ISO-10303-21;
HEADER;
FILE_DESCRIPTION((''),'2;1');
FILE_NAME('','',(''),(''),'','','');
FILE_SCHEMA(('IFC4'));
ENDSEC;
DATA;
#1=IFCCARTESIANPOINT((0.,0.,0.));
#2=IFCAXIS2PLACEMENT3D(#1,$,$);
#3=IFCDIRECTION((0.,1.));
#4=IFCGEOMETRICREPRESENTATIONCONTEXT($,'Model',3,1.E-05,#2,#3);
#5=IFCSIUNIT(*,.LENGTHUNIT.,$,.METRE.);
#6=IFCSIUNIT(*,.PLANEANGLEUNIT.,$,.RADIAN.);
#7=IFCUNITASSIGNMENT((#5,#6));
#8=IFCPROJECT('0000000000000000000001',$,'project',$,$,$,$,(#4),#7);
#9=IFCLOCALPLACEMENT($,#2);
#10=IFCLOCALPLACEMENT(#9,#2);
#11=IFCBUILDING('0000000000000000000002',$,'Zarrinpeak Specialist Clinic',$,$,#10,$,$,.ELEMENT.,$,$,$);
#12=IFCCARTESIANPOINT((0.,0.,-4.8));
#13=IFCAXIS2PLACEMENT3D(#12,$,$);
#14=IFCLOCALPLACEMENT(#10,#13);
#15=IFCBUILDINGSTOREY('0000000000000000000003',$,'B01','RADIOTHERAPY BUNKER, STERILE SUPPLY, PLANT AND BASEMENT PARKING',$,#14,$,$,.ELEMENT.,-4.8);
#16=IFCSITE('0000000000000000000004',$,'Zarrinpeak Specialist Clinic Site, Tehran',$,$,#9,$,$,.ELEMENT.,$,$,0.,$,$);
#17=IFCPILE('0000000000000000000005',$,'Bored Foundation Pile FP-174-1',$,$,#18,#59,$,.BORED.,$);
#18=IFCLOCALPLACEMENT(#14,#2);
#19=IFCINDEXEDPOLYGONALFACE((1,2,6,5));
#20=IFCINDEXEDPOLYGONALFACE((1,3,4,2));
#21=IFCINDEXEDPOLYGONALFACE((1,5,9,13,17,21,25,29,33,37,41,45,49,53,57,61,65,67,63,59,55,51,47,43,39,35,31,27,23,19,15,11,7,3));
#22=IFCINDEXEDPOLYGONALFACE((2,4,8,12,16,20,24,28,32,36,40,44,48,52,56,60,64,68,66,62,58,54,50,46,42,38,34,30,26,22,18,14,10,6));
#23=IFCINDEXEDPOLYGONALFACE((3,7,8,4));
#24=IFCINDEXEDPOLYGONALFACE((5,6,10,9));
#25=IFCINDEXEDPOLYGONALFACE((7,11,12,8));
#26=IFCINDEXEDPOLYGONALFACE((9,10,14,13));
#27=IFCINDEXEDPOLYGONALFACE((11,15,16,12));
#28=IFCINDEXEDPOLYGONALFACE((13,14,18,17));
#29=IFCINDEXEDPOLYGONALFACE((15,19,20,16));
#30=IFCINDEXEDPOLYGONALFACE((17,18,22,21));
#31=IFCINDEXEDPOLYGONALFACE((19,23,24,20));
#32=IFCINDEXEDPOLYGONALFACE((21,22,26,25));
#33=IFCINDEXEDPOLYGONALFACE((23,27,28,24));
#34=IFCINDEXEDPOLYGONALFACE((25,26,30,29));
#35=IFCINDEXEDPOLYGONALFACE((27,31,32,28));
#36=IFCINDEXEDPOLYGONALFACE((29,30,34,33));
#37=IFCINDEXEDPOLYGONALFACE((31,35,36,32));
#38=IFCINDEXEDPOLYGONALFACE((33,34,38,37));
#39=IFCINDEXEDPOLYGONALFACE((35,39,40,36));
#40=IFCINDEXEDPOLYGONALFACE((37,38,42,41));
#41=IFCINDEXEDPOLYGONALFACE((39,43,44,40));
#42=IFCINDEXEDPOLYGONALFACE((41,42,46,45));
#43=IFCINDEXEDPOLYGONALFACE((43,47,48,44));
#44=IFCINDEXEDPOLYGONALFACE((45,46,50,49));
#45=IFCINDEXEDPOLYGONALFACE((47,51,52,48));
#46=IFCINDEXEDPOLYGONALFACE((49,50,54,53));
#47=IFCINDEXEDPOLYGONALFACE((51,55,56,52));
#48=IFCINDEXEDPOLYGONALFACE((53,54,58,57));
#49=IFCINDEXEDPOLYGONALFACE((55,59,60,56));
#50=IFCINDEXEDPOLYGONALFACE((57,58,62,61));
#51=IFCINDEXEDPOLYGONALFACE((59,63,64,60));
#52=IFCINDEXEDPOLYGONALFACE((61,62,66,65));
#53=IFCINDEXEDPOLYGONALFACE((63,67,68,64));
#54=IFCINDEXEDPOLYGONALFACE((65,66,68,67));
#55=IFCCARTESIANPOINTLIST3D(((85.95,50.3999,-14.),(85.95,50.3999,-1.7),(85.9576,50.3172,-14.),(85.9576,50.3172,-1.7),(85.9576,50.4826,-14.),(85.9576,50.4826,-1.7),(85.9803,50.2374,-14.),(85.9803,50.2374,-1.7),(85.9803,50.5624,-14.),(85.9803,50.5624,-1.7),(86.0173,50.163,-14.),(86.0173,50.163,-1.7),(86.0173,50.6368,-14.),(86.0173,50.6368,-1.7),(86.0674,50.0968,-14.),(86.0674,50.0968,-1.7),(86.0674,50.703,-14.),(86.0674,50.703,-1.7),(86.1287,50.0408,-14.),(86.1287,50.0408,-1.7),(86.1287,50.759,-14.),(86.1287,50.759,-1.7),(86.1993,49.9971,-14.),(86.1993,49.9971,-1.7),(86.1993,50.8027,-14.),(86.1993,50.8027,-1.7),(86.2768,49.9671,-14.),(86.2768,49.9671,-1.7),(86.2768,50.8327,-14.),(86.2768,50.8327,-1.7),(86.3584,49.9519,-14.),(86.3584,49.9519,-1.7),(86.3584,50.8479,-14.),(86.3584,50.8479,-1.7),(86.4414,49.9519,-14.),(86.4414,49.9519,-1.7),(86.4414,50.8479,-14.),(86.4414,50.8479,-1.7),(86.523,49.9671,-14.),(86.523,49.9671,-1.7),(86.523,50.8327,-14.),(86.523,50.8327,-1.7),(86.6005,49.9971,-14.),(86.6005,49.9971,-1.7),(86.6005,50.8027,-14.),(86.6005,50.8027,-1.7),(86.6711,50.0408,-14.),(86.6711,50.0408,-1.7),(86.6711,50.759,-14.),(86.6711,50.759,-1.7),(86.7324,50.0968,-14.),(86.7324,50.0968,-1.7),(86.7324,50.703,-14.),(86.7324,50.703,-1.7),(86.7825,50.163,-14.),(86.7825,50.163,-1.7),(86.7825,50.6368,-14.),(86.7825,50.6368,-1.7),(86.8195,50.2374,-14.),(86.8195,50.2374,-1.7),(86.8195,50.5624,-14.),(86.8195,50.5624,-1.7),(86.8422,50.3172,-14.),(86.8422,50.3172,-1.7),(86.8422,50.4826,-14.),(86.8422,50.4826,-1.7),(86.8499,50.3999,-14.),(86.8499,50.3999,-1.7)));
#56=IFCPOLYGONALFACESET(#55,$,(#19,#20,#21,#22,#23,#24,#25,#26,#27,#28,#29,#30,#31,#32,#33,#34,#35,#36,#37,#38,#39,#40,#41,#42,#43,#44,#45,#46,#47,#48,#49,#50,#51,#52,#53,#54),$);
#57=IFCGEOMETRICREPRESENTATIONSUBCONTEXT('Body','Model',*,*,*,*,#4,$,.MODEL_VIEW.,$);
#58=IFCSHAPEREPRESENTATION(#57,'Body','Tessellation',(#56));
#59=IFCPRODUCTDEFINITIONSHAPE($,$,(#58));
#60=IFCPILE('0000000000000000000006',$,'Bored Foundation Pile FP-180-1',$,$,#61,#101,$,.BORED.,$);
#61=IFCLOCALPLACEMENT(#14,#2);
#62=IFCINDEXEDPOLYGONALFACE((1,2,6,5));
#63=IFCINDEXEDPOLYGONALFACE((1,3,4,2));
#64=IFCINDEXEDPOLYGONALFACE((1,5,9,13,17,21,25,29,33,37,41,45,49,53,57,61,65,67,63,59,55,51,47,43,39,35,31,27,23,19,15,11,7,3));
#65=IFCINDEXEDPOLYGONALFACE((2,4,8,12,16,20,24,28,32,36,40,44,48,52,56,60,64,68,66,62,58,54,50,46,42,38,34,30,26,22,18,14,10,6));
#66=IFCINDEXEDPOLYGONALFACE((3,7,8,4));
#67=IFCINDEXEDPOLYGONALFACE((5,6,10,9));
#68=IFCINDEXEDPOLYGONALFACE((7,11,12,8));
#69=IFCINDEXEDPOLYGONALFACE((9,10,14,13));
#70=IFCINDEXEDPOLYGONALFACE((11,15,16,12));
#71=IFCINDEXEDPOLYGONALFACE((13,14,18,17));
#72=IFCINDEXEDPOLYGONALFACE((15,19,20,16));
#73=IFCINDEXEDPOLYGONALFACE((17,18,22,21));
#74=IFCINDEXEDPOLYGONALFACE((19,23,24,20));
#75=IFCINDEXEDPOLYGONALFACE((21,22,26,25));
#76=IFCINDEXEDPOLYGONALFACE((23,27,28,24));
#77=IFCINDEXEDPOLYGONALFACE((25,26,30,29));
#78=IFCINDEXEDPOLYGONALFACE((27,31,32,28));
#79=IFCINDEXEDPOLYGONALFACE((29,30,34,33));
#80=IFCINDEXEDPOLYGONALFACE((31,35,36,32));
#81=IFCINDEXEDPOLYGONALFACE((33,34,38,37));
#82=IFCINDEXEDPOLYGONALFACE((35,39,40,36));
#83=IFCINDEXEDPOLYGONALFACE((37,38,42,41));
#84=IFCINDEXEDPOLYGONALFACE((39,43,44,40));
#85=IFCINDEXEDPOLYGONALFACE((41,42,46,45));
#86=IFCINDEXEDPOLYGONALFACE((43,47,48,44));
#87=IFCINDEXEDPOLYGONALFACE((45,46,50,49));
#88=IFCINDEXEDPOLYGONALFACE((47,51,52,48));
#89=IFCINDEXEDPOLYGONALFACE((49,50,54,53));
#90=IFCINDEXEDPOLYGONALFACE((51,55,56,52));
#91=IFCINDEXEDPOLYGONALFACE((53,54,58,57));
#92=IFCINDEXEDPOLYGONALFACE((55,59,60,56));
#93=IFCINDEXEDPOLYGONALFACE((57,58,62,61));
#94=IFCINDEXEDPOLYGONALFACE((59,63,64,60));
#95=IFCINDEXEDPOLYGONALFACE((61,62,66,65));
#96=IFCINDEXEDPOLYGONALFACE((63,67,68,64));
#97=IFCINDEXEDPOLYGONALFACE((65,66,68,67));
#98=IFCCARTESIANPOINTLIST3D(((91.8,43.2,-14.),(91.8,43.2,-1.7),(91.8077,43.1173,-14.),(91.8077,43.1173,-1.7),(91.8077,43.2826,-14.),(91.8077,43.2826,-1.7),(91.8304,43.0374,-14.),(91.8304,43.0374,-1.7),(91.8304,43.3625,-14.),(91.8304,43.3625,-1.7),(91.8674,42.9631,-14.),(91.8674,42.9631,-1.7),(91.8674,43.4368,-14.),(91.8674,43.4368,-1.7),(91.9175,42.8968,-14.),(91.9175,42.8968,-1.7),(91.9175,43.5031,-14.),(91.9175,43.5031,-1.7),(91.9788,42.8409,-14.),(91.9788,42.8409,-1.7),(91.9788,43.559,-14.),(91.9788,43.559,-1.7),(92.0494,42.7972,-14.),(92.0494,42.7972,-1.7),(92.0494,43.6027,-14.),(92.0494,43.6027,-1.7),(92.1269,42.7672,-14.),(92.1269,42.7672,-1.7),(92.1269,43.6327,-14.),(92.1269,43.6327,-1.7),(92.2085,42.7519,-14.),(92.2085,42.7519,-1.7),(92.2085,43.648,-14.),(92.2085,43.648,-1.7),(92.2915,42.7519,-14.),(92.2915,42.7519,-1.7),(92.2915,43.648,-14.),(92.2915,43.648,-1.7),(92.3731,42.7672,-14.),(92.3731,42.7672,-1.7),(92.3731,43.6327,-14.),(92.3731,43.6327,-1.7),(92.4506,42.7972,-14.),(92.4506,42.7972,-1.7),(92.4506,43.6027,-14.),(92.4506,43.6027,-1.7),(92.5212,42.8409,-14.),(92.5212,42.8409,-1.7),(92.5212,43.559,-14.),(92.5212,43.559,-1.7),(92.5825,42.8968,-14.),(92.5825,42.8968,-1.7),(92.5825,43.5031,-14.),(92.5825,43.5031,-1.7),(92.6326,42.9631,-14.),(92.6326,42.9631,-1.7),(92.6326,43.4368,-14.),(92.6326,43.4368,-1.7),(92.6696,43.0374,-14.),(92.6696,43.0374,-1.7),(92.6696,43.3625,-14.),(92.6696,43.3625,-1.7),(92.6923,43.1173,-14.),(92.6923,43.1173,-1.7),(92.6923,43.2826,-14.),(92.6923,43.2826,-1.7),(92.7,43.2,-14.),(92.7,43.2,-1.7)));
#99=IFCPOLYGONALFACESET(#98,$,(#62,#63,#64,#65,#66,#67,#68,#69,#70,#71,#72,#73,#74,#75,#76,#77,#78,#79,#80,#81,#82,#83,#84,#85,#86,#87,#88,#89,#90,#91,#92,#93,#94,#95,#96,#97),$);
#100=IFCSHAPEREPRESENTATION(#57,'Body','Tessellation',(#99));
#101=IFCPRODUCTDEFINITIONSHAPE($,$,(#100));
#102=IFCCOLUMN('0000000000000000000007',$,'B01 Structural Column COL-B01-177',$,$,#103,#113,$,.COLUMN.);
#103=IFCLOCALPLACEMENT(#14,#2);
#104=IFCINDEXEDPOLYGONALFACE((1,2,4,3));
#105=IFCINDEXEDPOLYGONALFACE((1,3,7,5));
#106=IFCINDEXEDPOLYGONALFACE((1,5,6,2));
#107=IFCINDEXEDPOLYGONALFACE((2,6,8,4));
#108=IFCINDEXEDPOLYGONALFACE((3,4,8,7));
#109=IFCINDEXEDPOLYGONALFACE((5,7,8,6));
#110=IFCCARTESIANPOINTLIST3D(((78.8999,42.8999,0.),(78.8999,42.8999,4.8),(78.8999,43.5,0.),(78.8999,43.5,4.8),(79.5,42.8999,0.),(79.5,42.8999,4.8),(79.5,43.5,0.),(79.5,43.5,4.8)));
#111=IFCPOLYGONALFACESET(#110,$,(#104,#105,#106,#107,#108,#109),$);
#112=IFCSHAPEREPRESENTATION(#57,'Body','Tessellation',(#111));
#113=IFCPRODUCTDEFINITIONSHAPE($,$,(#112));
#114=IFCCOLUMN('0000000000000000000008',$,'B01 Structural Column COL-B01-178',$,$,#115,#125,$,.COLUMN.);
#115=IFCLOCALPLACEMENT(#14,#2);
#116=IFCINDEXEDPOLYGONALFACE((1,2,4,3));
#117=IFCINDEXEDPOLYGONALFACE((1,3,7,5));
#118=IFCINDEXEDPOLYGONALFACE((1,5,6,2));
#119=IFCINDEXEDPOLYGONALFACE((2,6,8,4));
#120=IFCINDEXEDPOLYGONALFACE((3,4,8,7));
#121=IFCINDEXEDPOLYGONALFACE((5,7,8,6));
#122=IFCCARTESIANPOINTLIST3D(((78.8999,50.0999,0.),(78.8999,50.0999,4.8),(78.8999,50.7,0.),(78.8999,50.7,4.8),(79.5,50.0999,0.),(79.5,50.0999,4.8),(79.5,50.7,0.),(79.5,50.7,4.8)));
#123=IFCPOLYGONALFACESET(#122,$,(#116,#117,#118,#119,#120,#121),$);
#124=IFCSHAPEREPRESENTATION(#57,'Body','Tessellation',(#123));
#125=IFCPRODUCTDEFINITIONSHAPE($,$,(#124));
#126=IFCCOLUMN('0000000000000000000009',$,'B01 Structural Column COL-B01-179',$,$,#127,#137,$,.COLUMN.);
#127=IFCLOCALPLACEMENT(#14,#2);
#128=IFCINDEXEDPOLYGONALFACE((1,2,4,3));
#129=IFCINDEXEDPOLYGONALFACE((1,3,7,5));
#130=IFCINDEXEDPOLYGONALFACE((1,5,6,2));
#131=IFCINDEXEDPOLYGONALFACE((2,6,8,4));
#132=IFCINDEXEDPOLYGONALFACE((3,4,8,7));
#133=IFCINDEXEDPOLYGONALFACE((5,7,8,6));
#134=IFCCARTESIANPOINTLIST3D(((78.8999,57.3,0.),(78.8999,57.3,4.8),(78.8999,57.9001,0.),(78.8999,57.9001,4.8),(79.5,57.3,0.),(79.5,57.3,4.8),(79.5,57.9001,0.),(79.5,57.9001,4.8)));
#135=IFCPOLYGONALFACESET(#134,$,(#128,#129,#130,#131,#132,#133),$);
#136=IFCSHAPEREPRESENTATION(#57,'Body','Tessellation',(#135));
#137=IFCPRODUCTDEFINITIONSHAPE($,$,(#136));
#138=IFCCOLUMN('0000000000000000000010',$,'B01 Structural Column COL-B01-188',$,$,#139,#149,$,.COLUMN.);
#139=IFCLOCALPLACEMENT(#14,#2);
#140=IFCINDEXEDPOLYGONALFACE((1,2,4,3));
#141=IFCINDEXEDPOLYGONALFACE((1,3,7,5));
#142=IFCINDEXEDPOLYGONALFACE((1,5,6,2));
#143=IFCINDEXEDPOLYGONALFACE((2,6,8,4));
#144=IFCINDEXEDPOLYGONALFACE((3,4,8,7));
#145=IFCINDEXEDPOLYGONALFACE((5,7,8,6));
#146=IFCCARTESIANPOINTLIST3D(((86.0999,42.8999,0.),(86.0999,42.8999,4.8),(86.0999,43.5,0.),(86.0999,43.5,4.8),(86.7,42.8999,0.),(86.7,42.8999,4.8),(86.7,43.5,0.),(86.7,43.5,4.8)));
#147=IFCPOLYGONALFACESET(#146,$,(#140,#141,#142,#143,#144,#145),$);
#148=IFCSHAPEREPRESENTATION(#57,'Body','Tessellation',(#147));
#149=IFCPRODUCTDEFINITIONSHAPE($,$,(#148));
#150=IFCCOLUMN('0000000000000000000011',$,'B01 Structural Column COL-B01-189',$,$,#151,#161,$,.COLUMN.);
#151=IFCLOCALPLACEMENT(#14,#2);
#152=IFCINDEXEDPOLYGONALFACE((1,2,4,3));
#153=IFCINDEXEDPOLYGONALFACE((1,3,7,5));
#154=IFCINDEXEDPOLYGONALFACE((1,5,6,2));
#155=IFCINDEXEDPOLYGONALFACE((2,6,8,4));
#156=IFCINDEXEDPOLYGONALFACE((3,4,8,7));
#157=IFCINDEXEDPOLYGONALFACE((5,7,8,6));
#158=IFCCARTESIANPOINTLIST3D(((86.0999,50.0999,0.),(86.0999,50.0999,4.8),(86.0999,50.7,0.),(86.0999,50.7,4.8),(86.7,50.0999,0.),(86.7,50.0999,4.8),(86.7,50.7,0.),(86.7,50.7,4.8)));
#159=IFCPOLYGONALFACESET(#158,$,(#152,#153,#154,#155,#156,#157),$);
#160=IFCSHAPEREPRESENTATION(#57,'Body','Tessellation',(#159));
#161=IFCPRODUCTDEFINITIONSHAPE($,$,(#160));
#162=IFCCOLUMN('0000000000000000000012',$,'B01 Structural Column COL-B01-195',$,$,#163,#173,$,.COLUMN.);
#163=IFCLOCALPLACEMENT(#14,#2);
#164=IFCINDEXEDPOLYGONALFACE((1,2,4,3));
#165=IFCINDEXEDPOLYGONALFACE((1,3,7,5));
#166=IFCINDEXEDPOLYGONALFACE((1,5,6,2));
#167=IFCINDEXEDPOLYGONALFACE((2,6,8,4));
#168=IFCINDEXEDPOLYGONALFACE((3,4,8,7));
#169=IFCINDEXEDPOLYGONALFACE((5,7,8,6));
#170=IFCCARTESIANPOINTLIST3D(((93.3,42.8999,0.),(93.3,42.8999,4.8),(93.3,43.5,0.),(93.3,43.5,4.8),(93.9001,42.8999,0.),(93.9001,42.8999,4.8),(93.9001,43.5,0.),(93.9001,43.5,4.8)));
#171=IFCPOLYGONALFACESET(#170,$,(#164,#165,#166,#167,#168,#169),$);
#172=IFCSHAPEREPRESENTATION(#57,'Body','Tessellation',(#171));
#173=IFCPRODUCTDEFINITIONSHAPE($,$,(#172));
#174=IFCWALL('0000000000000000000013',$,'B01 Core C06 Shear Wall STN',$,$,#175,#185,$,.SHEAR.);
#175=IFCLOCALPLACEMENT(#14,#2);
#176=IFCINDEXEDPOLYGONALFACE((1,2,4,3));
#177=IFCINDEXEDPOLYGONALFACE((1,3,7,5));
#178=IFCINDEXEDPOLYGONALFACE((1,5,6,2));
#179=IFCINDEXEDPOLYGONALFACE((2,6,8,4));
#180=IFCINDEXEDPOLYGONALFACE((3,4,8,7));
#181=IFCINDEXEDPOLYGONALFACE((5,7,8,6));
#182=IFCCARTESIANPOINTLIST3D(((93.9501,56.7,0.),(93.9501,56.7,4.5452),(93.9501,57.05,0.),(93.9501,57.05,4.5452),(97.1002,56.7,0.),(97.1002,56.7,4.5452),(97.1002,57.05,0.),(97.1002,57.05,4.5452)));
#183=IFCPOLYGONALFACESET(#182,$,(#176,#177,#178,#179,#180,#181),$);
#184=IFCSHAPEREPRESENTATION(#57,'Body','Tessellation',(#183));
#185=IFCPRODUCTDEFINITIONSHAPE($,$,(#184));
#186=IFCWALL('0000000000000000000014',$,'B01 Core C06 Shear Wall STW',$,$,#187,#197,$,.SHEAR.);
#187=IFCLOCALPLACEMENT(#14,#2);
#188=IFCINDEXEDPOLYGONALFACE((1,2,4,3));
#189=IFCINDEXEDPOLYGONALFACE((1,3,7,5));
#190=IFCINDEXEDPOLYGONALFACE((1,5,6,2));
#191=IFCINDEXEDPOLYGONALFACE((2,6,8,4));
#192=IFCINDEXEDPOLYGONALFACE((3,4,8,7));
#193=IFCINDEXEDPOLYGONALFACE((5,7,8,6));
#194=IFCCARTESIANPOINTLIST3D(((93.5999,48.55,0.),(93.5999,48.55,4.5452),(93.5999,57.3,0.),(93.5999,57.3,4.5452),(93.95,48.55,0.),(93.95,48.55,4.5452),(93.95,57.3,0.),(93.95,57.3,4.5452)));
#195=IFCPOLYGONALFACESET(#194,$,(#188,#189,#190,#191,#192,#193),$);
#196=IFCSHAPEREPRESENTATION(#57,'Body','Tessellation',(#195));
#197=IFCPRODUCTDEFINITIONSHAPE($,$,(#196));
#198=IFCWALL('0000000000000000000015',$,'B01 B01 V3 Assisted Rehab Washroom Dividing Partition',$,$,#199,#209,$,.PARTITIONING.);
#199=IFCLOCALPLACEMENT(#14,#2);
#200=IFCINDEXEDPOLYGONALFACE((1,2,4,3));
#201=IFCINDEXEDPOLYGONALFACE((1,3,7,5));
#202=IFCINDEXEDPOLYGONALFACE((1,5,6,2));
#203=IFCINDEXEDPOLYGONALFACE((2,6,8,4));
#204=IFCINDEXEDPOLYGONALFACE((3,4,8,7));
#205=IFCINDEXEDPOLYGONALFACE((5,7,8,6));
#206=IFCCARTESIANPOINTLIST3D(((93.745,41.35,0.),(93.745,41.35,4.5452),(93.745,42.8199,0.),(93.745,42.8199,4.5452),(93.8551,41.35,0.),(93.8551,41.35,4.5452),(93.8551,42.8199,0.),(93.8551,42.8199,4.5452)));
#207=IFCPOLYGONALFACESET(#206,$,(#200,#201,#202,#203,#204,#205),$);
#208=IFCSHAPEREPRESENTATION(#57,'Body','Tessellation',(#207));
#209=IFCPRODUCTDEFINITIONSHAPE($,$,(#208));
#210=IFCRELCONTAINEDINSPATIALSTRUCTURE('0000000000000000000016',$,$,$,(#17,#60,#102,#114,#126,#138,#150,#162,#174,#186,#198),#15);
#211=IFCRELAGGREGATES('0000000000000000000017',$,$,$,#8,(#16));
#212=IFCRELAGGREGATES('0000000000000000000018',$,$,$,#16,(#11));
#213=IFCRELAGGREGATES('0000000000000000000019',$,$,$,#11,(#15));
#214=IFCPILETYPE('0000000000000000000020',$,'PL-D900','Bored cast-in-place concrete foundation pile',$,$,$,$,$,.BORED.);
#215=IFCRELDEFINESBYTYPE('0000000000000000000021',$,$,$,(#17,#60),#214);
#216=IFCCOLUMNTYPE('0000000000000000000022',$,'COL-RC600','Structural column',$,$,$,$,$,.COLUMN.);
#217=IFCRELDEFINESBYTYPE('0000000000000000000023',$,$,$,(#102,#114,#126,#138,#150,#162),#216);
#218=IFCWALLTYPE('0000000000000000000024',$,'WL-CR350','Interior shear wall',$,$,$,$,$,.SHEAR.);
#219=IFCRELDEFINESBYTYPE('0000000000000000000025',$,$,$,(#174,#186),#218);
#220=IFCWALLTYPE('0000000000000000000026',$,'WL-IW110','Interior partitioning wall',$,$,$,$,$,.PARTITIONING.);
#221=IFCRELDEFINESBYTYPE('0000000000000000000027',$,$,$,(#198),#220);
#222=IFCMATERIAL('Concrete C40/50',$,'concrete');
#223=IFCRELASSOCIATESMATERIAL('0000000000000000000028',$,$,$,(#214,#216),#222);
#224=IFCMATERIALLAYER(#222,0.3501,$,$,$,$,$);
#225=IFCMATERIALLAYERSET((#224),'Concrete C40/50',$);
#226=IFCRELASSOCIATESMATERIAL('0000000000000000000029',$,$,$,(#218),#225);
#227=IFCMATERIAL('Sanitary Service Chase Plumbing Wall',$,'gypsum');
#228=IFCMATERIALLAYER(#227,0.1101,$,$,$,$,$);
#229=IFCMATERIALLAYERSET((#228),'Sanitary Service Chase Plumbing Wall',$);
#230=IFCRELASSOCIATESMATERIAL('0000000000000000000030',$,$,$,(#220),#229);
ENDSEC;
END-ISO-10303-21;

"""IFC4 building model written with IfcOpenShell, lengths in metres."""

from ifc_helpers import new_model, si_unit, direction, frame, frame_2d, origin, origin_2d, place, context, subcontext, project, spatial, rectangle, circle, extrude, material, layer, layer_set, material_profile, profile_set, type_object, element, save


model = new_model("IFC4")

# Units and contexts
model_context = context("Model", 3, precision=1e-05, world=origin(), true_north=direction((0.0, 1.0)))
body_context = subcontext(model_context, "Body", "Model", "MODEL_VIEW")
ifc_project = project(units=[si_unit("LENGTHUNIT", "METRE"), si_unit("PLANEANGLEUNIT", "RADIAN")], contexts=[model_context])

# Site, building, storey
site_placement = place(None, origin())
site = spatial("IfcSite", under=ifc_project, at=site_placement, Name="Zarrinpeak Specialist Clinic Site, Tehran", CompositionType="ELEMENT", RefElevation=0.0)
building_placement = place(site_placement, origin())
building = spatial("IfcBuilding", under=site, at=building_placement, Name="Zarrinpeak Specialist Clinic", CompositionType="ELEMENT")
storey_placement = place(building_placement, frame((0.0, 0.0, -4.8)))
storey = spatial("IfcBuildingStorey", under=building, at=storey_placement, Name="B01", Description="RADIOTHERAPY BUNKER, STERILE SUPPLY, PLANT AND BASEMENT PARKING", CompositionType="ELEMENT", Elevation=-4.8)

# Shared definitions
ifc_material_1 = material(Name="Concrete C40/50", Category="concrete")

# Piles
ifc_material_profile_1 = material_profile(ifc_material_1, circle(Radius=0.45, at=origin_2d()), Name="BORED PILE D900")
ifc_profile_set_1 = profile_set([ifc_material_profile_1], Name="Concrete C40/50")
pile_type = type_object("IfcPileType", Name="PL-D900", Description="Bored cast-in-place concrete foundation pile", PredefinedType="BORED", material=ifc_profile_set_1)
for number, where, z_axis, x_axis, name in (
    (1, (86.3999, 50.3999, -1.7), (0.0, 0.0, -1.0), (1.0, 0.0, 0.0), "Bored Foundation Pile FP-174-1"),
    (2, (92.25, 43.2, -1.7), (0.0, 0.0, -1.0), (1.0, 0.0, 0.0), "Bored Foundation Pile FP-180-1"),
):
    element("IfcPile", number, at=place(storey_placement, frame(where, z_axis=z_axis, x_axis=x_axis)), inside=storey, type_object=pile_type, Name=name, PredefinedType="BORED", context=body_context, shape_type="SweptSolid", body=[
        extrude(circle(Radius=0.45, at=origin_2d()), origin(), (0.0, 0.0, 1.0), 12.3),
    ])

# Columns
ifc_material_profile_2 = material_profile(ifc_material_1, rectangle(XDim=0.6001, YDim=0.6001, at=origin_2d()), Name="RC 600x600")
ifc_profile_set_2 = profile_set([ifc_material_profile_2], Name="Concrete C40/50")
column_type = type_object("IfcColumnType", Name="COL-RC600", Description="Structural column", PredefinedType="COLUMN", material=ifc_profile_set_2)
for number, where, z_axis, x_axis, name in (
    (3, (79.2, 43.2, 0.0), (0.0, 0.0, 1.0), (1.0, 0.0, 0.0), "B01 Structural Column COL-B01-177"),
    (4, (79.2, 50.3999, 0.0), (0.0, 0.0, 1.0), (1.0, 0.0, 0.0), "B01 Structural Column COL-B01-178"),
    (5, (79.2, 57.6001, 0.0), (0.0, 0.0, 1.0), (1.0, 0.0, 0.0), "B01 Structural Column COL-B01-179"),
    (6, (86.3999, 43.2, 0.0), (0.0, 0.0, 1.0), (1.0, 0.0, 0.0), "B01 Structural Column COL-B01-188"),
    (7, (86.3999, 50.3999, 0.0), (0.0, 0.0, 1.0), (1.0, 0.0, 0.0), "B01 Structural Column COL-B01-189"),
    (8, (93.6001, 43.2, 0.0), (0.0, 0.0, 1.0), (1.0, 0.0, 0.0), "B01 Structural Column COL-B01-195"),
):
    element("IfcColumn", number, at=place(storey_placement, frame(where, z_axis=z_axis, x_axis=x_axis)), inside=storey, type_object=column_type, Name=name, PredefinedType="COLUMN", context=body_context, shape_type="SweptSolid", body=[
        extrude(rectangle(XDim=0.6001, YDim=0.6001, at=origin_2d()), origin(), (0.0, 0.0, 1.0), 4.8),
    ])

# Shared definitions
ifc_layer_1 = layer(ifc_material_1, 0.3501)
ifc_layer_set_1 = layer_set([ifc_layer_1], Name="Concrete C40/50")
wall_type_1 = type_object("IfcWallType", Name="WL-CR350", Description="Interior shear wall", PredefinedType="SHEAR", material=ifc_layer_set_1)

# Walls
wall_1_placement = place(storey_placement, frame((93.95, 56.875, 0.0), z_axis=(0.0, 0.0, 1.0), x_axis=(1.0, 0.0, 0.0)))
element("IfcWall", 9, at=wall_1_placement, inside=storey, type_object=wall_type_1, Name="B01 Core C06 Shear Wall STN", PredefinedType="SHEAR", context=body_context, shape_type="SweptSolid", body=[
    extrude(rectangle(XDim=3.1501, YDim=0.3501, at=frame_2d((1.5752, 0.0))), origin(), (0.0, 0.0, 1.0), 4.5452),
])
wall_2_placement = place(storey_placement, frame((93.7749, 48.55, 0.0), z_axis=(0.0, 0.0, 1.0), x_axis=(0.0, 1.0, 0.0)))
element("IfcWall", 10, at=wall_2_placement, inside=storey, type_object=wall_type_1, Name="B01 Core C06 Shear Wall STW", PredefinedType="SHEAR", context=body_context, shape_type="SweptSolid", body=[
    extrude(rectangle(XDim=8.75, YDim=0.3501, at=frame_2d((4.375, 0.0))), origin(), (0.0, 0.0, 1.0), 4.5452),
])
ifc_material_2 = material(Name="Sanitary Service Chase Plumbing Wall", Category="gypsum")
ifc_layer_2 = layer(ifc_material_2, 0.1101)
ifc_layer_set_2 = layer_set([ifc_layer_2], Name="Sanitary Service Chase Plumbing Wall")
wall_type_2 = type_object("IfcWallType", Name="WL-IW110", Description="Interior partitioning wall", PredefinedType="PARTITIONING", material=ifc_layer_set_2)
wall_3_placement = place(storey_placement, frame((93.8, 41.3501, 0.0), z_axis=(0.0, 0.0, 1.0), x_axis=(0.0, 1.0, 0.0)))
element("IfcWall", 11, at=wall_3_placement, inside=storey, type_object=wall_type_2, Name="B01 B01 V3 Assisted Rehab Washroom Dividing Partition", PredefinedType="PARTITIONING", context=body_context, shape_type="SweptSolid", body=[
    extrude(rectangle(XDim=1.47, YDim=0.1101, at=frame_2d((0.7349, 0.0))), origin(), (0.0, 0.0, 1.0), 4.5452),
])

save(model, "model.ifc")
